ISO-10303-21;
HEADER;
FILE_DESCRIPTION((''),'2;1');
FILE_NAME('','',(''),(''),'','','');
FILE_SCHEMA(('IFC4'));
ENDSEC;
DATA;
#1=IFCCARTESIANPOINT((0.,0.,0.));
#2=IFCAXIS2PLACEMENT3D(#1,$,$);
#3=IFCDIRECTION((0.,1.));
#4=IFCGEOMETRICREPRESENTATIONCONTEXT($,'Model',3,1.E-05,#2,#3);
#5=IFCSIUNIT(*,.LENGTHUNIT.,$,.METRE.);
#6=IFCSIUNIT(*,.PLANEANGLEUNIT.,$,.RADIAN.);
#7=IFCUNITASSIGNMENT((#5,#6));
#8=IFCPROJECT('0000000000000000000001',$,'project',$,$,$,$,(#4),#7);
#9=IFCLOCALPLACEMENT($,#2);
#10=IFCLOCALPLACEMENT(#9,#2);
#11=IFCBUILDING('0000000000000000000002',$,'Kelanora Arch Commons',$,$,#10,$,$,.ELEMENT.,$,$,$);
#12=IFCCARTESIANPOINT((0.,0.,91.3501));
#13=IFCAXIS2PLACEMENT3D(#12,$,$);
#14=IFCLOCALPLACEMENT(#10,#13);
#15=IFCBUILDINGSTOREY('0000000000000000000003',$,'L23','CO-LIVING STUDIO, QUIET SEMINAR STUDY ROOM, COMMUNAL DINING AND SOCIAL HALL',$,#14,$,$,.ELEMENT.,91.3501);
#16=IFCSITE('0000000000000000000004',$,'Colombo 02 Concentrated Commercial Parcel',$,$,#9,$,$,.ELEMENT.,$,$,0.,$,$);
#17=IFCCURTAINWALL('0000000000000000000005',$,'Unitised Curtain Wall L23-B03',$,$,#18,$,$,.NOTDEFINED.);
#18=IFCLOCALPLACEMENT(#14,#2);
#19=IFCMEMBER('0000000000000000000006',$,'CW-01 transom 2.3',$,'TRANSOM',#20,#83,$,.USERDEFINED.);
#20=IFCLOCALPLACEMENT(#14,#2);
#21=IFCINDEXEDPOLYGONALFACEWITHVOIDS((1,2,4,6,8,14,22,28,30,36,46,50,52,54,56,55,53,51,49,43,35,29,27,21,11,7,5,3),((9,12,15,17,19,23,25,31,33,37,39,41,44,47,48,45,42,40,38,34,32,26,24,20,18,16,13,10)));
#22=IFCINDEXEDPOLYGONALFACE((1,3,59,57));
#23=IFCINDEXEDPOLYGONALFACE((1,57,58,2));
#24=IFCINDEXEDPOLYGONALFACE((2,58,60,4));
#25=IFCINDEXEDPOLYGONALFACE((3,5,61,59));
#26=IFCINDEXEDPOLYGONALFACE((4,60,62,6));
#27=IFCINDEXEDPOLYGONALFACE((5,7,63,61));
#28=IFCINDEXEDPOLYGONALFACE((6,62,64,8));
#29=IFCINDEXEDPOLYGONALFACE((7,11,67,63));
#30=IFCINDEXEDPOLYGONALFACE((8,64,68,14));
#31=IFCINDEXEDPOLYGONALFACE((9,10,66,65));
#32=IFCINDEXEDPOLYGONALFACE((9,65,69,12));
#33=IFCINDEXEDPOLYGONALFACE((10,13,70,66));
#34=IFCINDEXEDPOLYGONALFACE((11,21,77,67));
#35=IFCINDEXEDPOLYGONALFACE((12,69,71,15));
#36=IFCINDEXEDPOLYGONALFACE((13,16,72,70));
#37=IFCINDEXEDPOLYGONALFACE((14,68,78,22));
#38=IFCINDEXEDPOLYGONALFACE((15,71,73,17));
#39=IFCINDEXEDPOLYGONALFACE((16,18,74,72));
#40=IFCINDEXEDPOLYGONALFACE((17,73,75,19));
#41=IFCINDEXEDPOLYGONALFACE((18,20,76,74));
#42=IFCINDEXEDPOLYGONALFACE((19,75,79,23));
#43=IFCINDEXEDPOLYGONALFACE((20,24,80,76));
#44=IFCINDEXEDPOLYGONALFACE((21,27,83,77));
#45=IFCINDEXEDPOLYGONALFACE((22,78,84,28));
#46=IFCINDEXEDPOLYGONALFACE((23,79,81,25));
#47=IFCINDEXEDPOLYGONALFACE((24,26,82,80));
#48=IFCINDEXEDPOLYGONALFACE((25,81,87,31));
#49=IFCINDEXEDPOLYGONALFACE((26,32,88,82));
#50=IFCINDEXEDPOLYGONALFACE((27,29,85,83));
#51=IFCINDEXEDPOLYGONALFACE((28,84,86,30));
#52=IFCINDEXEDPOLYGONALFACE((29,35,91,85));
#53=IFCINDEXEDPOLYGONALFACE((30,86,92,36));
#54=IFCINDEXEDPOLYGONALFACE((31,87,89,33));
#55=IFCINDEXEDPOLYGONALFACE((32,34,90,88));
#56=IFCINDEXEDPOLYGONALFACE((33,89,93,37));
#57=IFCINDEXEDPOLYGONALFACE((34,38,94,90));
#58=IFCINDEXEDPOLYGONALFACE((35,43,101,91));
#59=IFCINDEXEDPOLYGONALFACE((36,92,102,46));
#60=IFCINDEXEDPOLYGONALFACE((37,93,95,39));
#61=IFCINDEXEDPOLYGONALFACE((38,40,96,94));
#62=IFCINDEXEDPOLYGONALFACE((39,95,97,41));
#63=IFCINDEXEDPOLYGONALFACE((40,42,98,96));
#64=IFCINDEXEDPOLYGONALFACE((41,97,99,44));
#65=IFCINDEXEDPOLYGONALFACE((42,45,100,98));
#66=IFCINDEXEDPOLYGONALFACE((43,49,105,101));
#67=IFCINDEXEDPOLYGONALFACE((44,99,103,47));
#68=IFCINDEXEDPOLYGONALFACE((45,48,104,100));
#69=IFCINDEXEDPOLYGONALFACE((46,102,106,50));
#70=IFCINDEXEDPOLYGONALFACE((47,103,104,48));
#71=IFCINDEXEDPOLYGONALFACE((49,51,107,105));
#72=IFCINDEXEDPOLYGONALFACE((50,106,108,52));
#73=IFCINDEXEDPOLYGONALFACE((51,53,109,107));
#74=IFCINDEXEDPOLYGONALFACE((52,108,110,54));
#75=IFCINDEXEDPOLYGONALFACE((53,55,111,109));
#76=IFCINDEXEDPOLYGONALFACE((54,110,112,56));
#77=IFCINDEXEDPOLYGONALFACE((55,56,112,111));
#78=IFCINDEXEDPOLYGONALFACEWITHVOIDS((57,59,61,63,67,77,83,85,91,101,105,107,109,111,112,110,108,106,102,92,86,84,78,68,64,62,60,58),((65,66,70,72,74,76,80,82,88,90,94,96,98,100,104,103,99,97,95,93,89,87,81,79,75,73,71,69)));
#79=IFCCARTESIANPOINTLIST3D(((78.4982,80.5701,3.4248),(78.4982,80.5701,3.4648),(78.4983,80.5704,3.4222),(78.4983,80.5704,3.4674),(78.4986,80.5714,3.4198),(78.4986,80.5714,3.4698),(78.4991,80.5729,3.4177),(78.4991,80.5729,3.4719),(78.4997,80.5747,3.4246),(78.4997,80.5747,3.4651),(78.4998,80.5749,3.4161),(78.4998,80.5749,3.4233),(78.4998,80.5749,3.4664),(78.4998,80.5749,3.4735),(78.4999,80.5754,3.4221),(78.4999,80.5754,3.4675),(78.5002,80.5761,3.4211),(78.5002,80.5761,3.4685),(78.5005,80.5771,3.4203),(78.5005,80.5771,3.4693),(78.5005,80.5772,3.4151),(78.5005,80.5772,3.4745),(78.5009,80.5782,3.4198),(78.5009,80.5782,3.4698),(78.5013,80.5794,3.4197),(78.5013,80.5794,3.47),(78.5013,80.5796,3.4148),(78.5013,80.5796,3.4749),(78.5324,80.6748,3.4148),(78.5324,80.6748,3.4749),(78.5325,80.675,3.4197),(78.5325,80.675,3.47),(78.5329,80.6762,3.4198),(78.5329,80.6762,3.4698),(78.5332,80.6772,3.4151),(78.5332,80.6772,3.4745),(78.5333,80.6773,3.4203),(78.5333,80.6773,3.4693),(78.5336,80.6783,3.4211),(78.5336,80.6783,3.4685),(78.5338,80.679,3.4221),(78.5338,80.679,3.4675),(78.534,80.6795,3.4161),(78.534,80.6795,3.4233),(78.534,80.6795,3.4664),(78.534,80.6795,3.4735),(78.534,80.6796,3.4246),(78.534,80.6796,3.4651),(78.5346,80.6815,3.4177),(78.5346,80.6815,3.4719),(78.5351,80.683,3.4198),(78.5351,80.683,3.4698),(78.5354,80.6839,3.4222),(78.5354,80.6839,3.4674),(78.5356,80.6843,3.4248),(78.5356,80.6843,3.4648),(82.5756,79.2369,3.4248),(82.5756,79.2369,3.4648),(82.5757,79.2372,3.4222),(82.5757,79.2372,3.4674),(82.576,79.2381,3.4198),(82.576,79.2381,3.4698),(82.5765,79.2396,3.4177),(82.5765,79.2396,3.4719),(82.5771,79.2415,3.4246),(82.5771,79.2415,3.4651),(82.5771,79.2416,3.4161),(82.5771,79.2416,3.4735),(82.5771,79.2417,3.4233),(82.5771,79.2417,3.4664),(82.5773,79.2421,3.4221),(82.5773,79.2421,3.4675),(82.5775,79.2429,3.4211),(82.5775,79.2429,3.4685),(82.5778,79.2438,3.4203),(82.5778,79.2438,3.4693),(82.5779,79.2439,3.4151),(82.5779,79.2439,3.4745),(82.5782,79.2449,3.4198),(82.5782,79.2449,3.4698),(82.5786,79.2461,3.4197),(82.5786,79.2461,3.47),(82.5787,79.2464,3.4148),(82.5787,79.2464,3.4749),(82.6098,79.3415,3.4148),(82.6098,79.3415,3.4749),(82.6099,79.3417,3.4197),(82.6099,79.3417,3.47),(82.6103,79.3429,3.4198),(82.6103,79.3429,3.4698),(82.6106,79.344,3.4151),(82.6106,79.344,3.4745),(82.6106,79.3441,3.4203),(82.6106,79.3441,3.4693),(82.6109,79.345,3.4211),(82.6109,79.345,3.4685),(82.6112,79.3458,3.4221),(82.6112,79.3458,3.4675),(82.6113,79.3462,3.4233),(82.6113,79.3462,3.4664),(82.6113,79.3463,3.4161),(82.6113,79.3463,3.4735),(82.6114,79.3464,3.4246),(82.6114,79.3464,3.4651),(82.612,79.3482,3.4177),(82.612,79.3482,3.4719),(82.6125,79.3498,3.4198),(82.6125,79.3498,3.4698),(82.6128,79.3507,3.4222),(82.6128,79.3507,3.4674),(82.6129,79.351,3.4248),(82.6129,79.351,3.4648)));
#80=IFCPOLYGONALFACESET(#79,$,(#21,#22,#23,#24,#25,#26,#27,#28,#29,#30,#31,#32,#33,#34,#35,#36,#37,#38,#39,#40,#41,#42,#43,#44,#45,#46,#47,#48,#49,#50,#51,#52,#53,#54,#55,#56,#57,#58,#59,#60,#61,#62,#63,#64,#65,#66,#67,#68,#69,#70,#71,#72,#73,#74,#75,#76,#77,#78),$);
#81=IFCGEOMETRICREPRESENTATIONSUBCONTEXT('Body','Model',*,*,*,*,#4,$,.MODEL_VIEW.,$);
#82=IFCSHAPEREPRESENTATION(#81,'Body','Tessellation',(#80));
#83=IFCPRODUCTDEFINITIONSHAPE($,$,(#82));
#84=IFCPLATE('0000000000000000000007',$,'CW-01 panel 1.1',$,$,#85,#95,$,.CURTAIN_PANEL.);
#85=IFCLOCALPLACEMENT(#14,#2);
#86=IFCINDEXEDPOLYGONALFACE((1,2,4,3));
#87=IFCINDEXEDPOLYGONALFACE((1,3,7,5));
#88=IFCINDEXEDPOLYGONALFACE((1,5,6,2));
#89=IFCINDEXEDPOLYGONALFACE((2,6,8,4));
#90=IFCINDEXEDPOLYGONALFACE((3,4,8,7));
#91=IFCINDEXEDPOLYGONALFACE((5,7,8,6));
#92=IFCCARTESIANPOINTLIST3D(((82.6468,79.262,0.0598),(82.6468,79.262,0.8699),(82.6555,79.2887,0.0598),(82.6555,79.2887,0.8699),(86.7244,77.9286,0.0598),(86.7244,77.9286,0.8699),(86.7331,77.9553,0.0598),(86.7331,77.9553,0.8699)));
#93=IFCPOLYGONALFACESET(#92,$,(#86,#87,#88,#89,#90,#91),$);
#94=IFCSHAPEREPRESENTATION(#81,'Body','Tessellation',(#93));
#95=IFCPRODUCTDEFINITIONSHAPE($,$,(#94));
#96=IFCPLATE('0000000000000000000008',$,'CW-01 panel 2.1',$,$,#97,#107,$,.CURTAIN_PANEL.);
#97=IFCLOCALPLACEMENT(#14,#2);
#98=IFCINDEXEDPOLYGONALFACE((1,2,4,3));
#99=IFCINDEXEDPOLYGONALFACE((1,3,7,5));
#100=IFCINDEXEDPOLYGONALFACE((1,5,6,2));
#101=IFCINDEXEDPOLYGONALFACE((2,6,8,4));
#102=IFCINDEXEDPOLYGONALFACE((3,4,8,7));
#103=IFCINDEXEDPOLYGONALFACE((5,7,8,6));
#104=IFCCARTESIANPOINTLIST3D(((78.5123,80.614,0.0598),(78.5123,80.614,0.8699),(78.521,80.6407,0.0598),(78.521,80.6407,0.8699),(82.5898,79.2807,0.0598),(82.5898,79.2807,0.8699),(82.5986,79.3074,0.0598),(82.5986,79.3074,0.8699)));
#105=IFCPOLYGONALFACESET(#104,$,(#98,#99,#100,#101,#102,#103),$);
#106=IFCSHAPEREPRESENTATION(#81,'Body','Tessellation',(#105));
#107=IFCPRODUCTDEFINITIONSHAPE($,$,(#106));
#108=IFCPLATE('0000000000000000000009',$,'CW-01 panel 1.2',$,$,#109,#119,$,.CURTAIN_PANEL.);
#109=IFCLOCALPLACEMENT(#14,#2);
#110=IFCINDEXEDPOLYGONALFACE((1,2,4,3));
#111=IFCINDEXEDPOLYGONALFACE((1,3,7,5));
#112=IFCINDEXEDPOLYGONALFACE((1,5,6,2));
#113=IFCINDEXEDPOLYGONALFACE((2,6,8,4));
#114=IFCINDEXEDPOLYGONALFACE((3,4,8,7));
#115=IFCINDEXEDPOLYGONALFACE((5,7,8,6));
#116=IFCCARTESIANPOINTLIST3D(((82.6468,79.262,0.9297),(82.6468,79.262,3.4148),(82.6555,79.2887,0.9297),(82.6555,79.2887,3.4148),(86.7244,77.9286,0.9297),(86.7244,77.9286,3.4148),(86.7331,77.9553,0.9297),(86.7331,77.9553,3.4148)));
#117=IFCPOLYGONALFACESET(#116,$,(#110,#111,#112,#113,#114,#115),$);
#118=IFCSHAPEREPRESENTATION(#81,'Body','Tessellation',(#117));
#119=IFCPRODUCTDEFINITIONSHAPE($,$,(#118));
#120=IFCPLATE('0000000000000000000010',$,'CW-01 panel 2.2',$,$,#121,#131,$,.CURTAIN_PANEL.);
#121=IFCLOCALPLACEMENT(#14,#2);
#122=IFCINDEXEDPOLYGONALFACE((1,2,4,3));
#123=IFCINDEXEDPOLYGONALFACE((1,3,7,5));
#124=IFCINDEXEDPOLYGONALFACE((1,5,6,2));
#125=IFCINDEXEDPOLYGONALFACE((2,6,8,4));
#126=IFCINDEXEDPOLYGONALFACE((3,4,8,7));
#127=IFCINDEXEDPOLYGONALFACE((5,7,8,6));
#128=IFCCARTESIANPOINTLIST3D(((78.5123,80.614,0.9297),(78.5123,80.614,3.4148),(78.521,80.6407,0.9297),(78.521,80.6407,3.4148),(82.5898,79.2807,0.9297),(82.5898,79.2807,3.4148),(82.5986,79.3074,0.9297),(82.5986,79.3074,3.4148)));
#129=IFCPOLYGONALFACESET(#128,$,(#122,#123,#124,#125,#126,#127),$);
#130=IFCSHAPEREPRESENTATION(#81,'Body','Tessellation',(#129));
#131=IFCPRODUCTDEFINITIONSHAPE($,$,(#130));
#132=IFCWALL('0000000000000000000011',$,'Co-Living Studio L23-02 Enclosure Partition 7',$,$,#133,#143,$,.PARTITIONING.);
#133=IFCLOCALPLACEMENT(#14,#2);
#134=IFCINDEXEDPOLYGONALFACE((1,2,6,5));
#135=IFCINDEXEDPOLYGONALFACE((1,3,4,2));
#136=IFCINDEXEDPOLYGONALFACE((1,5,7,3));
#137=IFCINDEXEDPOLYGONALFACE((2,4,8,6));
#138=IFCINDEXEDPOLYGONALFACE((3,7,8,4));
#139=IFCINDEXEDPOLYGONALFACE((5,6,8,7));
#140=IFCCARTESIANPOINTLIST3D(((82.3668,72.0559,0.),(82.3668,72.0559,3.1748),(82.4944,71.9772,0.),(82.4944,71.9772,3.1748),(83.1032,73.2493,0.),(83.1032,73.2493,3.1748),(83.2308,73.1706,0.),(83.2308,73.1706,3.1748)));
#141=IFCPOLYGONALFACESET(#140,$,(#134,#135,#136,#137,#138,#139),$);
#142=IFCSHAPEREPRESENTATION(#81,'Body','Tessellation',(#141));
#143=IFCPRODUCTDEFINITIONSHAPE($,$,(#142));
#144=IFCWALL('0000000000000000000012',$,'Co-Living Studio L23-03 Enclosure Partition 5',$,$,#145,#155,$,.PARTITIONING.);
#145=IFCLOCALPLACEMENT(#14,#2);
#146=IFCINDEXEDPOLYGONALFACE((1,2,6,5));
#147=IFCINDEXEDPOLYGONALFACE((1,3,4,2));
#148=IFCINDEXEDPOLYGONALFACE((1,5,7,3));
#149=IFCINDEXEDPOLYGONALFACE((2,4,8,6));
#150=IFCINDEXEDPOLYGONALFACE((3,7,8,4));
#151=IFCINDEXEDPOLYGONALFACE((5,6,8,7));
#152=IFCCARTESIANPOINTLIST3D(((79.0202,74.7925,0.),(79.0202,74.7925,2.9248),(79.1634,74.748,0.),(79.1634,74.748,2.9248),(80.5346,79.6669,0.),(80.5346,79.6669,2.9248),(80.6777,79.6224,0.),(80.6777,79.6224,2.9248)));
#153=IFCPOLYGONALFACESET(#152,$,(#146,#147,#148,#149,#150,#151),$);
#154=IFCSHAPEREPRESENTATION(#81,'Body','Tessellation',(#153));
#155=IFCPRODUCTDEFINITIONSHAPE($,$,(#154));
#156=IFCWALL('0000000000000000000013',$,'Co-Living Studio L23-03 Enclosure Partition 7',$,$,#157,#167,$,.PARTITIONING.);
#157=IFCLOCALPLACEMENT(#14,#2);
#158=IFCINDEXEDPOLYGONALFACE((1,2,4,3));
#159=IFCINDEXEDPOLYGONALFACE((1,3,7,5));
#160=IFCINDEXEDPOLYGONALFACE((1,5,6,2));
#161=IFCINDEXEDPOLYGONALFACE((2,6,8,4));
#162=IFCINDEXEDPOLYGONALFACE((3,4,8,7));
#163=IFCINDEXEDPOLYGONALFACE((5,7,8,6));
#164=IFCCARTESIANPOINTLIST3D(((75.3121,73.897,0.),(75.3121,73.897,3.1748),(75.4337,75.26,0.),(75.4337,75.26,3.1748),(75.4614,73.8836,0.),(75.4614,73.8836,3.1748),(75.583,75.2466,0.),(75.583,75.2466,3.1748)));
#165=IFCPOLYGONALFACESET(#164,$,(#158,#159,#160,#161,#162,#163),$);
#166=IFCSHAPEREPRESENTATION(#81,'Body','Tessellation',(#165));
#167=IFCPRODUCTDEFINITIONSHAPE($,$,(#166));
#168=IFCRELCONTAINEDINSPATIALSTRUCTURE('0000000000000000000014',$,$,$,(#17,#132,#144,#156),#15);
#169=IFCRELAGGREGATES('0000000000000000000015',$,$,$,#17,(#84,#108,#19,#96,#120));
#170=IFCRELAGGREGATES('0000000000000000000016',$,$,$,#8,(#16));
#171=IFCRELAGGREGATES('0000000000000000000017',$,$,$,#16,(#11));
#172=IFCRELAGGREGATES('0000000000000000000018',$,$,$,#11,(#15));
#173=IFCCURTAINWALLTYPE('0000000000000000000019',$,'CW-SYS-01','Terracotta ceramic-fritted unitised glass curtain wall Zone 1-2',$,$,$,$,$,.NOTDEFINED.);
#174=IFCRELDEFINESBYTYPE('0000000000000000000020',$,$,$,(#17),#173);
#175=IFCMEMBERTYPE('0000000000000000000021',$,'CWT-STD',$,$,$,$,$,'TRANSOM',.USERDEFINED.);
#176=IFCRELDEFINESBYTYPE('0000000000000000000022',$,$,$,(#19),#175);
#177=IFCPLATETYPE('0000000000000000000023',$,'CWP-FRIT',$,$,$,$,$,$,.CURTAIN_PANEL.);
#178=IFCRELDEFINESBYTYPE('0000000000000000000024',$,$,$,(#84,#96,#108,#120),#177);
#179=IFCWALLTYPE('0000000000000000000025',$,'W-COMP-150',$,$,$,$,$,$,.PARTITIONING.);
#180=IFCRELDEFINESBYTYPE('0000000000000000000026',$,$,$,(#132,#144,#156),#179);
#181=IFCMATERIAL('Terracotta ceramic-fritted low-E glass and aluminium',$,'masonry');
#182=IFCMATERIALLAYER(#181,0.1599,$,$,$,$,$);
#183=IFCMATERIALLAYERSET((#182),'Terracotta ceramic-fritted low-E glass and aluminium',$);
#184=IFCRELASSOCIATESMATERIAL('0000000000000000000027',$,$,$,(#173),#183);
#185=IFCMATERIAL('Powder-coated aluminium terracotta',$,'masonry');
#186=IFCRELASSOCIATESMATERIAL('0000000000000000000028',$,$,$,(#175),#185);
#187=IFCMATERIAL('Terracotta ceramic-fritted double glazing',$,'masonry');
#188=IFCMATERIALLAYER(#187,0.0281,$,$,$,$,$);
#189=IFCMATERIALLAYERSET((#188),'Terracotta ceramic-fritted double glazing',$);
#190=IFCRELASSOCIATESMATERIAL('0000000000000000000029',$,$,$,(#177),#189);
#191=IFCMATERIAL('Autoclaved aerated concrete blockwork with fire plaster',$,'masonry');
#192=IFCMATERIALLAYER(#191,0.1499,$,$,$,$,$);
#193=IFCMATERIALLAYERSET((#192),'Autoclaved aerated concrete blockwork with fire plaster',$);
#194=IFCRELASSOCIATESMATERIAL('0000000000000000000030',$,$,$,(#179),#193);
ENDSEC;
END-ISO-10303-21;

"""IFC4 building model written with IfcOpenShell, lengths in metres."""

from ifc_helpers import new_model, si_unit, direction, frame, frame_2d, origin, origin_2d, place, context, subcontext, project, spatial, rectangle, hollow_rectangle, extrude, source, transform, mapped, material, layer, layer_set, material_profile, profile_set, type_object, element, aggregate, save


model = new_model("IFC4")

# Units and contexts
model_context = context("Model", 3, precision=1e-05, world=origin(), true_north=direction((0.0, 1.0)))
body_context = subcontext(model_context, "Body", "Model", "MODEL_VIEW")
ifc_project = project(units=[si_unit("LENGTHUNIT", "METRE"), si_unit("PLANEANGLEUNIT", "RADIAN")], contexts=[model_context])

# Site, building, storey
site_placement = place(None, origin())
site = spatial("IfcSite", under=ifc_project, at=site_placement, Name="Colombo 02 Concentrated Commercial Parcel", CompositionType="ELEMENT", RefElevation=0.0)
building_placement = place(site_placement, origin())
building = spatial("IfcBuilding", under=site, at=building_placement, Name="Kelanora Arch Commons", CompositionType="ELEMENT")
storey_placement = place(building_placement, frame((0.0, 0.0, 91.3501)))
storey = spatial("IfcBuildingStorey", under=building, at=storey_placement, Name="L23", Description="CO-LIVING STUDIO, QUIET SEMINAR STUDY ROOM, COMMUNAL DINING AND SOCIAL HALL", CompositionType="ELEMENT", Elevation=91.3501)

# Curtain wall, member, plates
ifc_material_1 = material(Name="Terracotta ceramic-fritted low-E glass and aluminium", Category="masonry")
ifc_layer_1 = layer(ifc_material_1, 0.1599)
ifc_layer_set_1 = layer_set([ifc_layer_1], Name="Terracotta ceramic-fritted low-E glass and aluminium")
curtain_wall_type = type_object("IfcCurtainWallType", Name="CW-SYS-01", Description="Terracotta ceramic-fritted unitised glass curtain wall Zone 1-2", PredefinedType="NOTDEFINED", material=ifc_layer_set_1)
curtain_wall_placement = place(storey_placement, origin())
curtain_wall = element("IfcCurtainWall", 1, at=curtain_wall_placement, inside=storey, type_object=curtain_wall_type, Name="Unitised Curtain Wall L23-B03", PredefinedType="NOTDEFINED")
ifc_material_2 = material(Name="Powder-coated aluminium terracotta", Category="masonry")
ifc_material_profile_1 = material_profile(ifc_material_2, hollow_rectangle(XDim=0.1201, YDim=0.0601, WallThickness=0.0049, InnerFilletRadius=0.0049, OuterFilletRadius=0.01, at=origin_2d()), Name="CWT120x60")
ifc_profile_set_1 = profile_set([ifc_material_profile_1], Name="Powder-coated aluminium terracotta")
member_type_1 = type_object("IfcMemberType", Name="CWT-STD", ElementType="TRANSOM", PredefinedType="USERDEFINED", material=ifc_profile_set_1)
member_1_placement = place(storey_placement, frame((82.5942, 79.2939, 3.4448), z_axis=(-0.950478, 0.310793, 0.0), x_axis=(-0.310793, -0.950478, 0.0)))
member_1 = element("IfcMember", 2, at=member_1_placement, type_object=member_type_1, Name="CW-01 transom 2.3", ObjectType="TRANSOM", PredefinedType="USERDEFINED", context=body_context, shape_type="SweptSolid", body=[
    extrude(hollow_rectangle(XDim=0.1201, YDim=0.0601, WallThickness=0.0049, InnerFilletRadius=0.0049, OuterFilletRadius=0.01, at=origin_2d()), origin(), (0.0, 0.0, 1.0), 4.2898),
])
ifc_material_3 = material(Name="Terracotta ceramic-fritted double glazing", Category="masonry")
ifc_layer_2 = layer(ifc_material_3, 0.0281)
ifc_layer_set_2 = layer_set([ifc_layer_2], Name="Terracotta ceramic-fritted double glazing")
plate_type = type_object("IfcPlateType", Name="CWP-FRIT", PredefinedType="CURTAIN_PANEL", material=ifc_layer_set_2)
shared_shape_1 = source(origin(), body_context, "Body", "SweptSolid", [
    extrude(rectangle(XDim=4.29, YDim=0.0281, at=origin_2d()), origin(), (0.0, 0.0, 1.0), 0.8101),
])
plate_1_placement = place(storey_placement, frame((84.6899, 78.6086, 0.0598), z_axis=(0.0, 0.0, 1.0), x_axis=(-0.950474, 0.310805, 0.0)))
plate_1 = element("IfcPlate", 3, at=plate_1_placement, type_object=plate_type, Name="CW-01 panel 1.1", PredefinedType="CURTAIN_PANEL", context=body_context, shape_type="MappedRepresentation", body=[
    mapped(shared_shape_1, transform((0.0, 0.0, 0.0), scale=1.0)),
])
plate_2_placement = place(storey_placement, frame((80.5554, 79.9607, 0.0598), z_axis=(0.0, 0.0, 1.0), x_axis=(-0.950474, 0.310805, 0.0)))
plate_2 = element("IfcPlate", 4, at=plate_2_placement, type_object=plate_type, Name="CW-01 panel 2.1", PredefinedType="CURTAIN_PANEL", context=body_context, shape_type="MappedRepresentation", body=[
    mapped(shared_shape_1, transform((0.0, 0.0, 0.0), scale=1.0)),
])
shared_shape_2 = source(origin(), body_context, "Body", "SweptSolid", [
    extrude(rectangle(XDim=4.29, YDim=0.0281, at=origin_2d()), origin(), (0.0, 0.0, 1.0), 2.4851),
])
plate_3_placement = place(storey_placement, frame((84.6899, 78.6086, 0.9297), z_axis=(0.0, 0.0, 1.0), x_axis=(-0.950474, 0.310805, 0.0)))
plate_3 = element("IfcPlate", 5, at=plate_3_placement, type_object=plate_type, Name="CW-01 panel 1.2", PredefinedType="CURTAIN_PANEL", context=body_context, shape_type="MappedRepresentation", body=[
    mapped(shared_shape_2, transform((0.0, 0.0, 0.0), scale=1.0)),
])
plate_4_placement = place(storey_placement, frame((80.5554, 79.9607, 0.9297), z_axis=(0.0, 0.0, 1.0), x_axis=(-0.950474, 0.310805, 0.0)))
plate_4 = element("IfcPlate", 6, at=plate_4_placement, type_object=plate_type, Name="CW-01 panel 2.2", PredefinedType="CURTAIN_PANEL", context=body_context, shape_type="MappedRepresentation", body=[
    mapped(shared_shape_2, transform((0.0, 0.0, 0.0), scale=1.0)),
])
aggregate(curtain_wall, [plate_1, plate_3, member_1, plate_2, plate_4])

# Walls
ifc_material_4 = material(Name="Autoclaved aerated concrete blockwork with fire plaster", Category="masonry")
ifc_layer_3 = layer(ifc_material_4, 0.1499)
ifc_layer_set_3 = layer_set([ifc_layer_3], Name="Autoclaved aerated concrete blockwork with fire plaster")
wall_type_1 = type_object("IfcWallType", Name="W-COMP-150", PredefinedType="PARTITIONING", material=ifc_layer_set_3)
wall_1_placement = place(storey_placement, frame((83.167, 73.21, 0.0), z_axis=(0.0, 0.0, 1.0), x_axis=(-0.525107, -0.851036, 0.0)))
element("IfcWall", 7, at=wall_1_placement, inside=storey, type_object=wall_type_1, Name="Co-Living Studio L23-02 Enclosure Partition 7", PredefinedType="PARTITIONING", context=body_context, shape_type="SweptSolid", body=[
    extrude(rectangle(XDim=1.4023, YDim=0.1499, at=frame_2d((0.7012, 0.0))), origin(), (0.0, 0.0, 1.0), 3.1748),
])
wall_2_placement = place(storey_placement, frame((80.6062, 79.6448, 0.0), z_axis=(0.0, 0.0, 1.0), x_axis=(-0.29669, -0.954974, 0.0)))
element("IfcWall", 8, at=wall_2_placement, inside=storey, type_object=wall_type_1, Name="Co-Living Studio L23-03 Enclosure Partition 5", PredefinedType="PARTITIONING", context=body_context, shape_type="SweptSolid", body=[
    extrude(rectangle(XDim=5.1042, YDim=0.1499, at=frame_2d((2.5522, 0.0))), origin(), (0.0, 0.0, 1.0), 2.9248),
])
wall_3_placement = place(storey_placement, frame((75.5083, 75.2532, 0.0), z_axis=(0.0, 0.0, 1.0), x_axis=(-0.088847, -0.996045, 0.0)))
element("IfcWall", 9, at=wall_3_placement, inside=storey, type_object=wall_type_1, Name="Co-Living Studio L23-03 Enclosure Partition 7", PredefinedType="PARTITIONING", context=body_context, shape_type="SweptSolid", body=[
    extrude(rectangle(XDim=1.3684, YDim=0.1499, at=frame_2d((0.6841, 0.0))), origin(), (0.0, 0.0, 1.0), 3.1748),
])

save(model, "model.ifc")
